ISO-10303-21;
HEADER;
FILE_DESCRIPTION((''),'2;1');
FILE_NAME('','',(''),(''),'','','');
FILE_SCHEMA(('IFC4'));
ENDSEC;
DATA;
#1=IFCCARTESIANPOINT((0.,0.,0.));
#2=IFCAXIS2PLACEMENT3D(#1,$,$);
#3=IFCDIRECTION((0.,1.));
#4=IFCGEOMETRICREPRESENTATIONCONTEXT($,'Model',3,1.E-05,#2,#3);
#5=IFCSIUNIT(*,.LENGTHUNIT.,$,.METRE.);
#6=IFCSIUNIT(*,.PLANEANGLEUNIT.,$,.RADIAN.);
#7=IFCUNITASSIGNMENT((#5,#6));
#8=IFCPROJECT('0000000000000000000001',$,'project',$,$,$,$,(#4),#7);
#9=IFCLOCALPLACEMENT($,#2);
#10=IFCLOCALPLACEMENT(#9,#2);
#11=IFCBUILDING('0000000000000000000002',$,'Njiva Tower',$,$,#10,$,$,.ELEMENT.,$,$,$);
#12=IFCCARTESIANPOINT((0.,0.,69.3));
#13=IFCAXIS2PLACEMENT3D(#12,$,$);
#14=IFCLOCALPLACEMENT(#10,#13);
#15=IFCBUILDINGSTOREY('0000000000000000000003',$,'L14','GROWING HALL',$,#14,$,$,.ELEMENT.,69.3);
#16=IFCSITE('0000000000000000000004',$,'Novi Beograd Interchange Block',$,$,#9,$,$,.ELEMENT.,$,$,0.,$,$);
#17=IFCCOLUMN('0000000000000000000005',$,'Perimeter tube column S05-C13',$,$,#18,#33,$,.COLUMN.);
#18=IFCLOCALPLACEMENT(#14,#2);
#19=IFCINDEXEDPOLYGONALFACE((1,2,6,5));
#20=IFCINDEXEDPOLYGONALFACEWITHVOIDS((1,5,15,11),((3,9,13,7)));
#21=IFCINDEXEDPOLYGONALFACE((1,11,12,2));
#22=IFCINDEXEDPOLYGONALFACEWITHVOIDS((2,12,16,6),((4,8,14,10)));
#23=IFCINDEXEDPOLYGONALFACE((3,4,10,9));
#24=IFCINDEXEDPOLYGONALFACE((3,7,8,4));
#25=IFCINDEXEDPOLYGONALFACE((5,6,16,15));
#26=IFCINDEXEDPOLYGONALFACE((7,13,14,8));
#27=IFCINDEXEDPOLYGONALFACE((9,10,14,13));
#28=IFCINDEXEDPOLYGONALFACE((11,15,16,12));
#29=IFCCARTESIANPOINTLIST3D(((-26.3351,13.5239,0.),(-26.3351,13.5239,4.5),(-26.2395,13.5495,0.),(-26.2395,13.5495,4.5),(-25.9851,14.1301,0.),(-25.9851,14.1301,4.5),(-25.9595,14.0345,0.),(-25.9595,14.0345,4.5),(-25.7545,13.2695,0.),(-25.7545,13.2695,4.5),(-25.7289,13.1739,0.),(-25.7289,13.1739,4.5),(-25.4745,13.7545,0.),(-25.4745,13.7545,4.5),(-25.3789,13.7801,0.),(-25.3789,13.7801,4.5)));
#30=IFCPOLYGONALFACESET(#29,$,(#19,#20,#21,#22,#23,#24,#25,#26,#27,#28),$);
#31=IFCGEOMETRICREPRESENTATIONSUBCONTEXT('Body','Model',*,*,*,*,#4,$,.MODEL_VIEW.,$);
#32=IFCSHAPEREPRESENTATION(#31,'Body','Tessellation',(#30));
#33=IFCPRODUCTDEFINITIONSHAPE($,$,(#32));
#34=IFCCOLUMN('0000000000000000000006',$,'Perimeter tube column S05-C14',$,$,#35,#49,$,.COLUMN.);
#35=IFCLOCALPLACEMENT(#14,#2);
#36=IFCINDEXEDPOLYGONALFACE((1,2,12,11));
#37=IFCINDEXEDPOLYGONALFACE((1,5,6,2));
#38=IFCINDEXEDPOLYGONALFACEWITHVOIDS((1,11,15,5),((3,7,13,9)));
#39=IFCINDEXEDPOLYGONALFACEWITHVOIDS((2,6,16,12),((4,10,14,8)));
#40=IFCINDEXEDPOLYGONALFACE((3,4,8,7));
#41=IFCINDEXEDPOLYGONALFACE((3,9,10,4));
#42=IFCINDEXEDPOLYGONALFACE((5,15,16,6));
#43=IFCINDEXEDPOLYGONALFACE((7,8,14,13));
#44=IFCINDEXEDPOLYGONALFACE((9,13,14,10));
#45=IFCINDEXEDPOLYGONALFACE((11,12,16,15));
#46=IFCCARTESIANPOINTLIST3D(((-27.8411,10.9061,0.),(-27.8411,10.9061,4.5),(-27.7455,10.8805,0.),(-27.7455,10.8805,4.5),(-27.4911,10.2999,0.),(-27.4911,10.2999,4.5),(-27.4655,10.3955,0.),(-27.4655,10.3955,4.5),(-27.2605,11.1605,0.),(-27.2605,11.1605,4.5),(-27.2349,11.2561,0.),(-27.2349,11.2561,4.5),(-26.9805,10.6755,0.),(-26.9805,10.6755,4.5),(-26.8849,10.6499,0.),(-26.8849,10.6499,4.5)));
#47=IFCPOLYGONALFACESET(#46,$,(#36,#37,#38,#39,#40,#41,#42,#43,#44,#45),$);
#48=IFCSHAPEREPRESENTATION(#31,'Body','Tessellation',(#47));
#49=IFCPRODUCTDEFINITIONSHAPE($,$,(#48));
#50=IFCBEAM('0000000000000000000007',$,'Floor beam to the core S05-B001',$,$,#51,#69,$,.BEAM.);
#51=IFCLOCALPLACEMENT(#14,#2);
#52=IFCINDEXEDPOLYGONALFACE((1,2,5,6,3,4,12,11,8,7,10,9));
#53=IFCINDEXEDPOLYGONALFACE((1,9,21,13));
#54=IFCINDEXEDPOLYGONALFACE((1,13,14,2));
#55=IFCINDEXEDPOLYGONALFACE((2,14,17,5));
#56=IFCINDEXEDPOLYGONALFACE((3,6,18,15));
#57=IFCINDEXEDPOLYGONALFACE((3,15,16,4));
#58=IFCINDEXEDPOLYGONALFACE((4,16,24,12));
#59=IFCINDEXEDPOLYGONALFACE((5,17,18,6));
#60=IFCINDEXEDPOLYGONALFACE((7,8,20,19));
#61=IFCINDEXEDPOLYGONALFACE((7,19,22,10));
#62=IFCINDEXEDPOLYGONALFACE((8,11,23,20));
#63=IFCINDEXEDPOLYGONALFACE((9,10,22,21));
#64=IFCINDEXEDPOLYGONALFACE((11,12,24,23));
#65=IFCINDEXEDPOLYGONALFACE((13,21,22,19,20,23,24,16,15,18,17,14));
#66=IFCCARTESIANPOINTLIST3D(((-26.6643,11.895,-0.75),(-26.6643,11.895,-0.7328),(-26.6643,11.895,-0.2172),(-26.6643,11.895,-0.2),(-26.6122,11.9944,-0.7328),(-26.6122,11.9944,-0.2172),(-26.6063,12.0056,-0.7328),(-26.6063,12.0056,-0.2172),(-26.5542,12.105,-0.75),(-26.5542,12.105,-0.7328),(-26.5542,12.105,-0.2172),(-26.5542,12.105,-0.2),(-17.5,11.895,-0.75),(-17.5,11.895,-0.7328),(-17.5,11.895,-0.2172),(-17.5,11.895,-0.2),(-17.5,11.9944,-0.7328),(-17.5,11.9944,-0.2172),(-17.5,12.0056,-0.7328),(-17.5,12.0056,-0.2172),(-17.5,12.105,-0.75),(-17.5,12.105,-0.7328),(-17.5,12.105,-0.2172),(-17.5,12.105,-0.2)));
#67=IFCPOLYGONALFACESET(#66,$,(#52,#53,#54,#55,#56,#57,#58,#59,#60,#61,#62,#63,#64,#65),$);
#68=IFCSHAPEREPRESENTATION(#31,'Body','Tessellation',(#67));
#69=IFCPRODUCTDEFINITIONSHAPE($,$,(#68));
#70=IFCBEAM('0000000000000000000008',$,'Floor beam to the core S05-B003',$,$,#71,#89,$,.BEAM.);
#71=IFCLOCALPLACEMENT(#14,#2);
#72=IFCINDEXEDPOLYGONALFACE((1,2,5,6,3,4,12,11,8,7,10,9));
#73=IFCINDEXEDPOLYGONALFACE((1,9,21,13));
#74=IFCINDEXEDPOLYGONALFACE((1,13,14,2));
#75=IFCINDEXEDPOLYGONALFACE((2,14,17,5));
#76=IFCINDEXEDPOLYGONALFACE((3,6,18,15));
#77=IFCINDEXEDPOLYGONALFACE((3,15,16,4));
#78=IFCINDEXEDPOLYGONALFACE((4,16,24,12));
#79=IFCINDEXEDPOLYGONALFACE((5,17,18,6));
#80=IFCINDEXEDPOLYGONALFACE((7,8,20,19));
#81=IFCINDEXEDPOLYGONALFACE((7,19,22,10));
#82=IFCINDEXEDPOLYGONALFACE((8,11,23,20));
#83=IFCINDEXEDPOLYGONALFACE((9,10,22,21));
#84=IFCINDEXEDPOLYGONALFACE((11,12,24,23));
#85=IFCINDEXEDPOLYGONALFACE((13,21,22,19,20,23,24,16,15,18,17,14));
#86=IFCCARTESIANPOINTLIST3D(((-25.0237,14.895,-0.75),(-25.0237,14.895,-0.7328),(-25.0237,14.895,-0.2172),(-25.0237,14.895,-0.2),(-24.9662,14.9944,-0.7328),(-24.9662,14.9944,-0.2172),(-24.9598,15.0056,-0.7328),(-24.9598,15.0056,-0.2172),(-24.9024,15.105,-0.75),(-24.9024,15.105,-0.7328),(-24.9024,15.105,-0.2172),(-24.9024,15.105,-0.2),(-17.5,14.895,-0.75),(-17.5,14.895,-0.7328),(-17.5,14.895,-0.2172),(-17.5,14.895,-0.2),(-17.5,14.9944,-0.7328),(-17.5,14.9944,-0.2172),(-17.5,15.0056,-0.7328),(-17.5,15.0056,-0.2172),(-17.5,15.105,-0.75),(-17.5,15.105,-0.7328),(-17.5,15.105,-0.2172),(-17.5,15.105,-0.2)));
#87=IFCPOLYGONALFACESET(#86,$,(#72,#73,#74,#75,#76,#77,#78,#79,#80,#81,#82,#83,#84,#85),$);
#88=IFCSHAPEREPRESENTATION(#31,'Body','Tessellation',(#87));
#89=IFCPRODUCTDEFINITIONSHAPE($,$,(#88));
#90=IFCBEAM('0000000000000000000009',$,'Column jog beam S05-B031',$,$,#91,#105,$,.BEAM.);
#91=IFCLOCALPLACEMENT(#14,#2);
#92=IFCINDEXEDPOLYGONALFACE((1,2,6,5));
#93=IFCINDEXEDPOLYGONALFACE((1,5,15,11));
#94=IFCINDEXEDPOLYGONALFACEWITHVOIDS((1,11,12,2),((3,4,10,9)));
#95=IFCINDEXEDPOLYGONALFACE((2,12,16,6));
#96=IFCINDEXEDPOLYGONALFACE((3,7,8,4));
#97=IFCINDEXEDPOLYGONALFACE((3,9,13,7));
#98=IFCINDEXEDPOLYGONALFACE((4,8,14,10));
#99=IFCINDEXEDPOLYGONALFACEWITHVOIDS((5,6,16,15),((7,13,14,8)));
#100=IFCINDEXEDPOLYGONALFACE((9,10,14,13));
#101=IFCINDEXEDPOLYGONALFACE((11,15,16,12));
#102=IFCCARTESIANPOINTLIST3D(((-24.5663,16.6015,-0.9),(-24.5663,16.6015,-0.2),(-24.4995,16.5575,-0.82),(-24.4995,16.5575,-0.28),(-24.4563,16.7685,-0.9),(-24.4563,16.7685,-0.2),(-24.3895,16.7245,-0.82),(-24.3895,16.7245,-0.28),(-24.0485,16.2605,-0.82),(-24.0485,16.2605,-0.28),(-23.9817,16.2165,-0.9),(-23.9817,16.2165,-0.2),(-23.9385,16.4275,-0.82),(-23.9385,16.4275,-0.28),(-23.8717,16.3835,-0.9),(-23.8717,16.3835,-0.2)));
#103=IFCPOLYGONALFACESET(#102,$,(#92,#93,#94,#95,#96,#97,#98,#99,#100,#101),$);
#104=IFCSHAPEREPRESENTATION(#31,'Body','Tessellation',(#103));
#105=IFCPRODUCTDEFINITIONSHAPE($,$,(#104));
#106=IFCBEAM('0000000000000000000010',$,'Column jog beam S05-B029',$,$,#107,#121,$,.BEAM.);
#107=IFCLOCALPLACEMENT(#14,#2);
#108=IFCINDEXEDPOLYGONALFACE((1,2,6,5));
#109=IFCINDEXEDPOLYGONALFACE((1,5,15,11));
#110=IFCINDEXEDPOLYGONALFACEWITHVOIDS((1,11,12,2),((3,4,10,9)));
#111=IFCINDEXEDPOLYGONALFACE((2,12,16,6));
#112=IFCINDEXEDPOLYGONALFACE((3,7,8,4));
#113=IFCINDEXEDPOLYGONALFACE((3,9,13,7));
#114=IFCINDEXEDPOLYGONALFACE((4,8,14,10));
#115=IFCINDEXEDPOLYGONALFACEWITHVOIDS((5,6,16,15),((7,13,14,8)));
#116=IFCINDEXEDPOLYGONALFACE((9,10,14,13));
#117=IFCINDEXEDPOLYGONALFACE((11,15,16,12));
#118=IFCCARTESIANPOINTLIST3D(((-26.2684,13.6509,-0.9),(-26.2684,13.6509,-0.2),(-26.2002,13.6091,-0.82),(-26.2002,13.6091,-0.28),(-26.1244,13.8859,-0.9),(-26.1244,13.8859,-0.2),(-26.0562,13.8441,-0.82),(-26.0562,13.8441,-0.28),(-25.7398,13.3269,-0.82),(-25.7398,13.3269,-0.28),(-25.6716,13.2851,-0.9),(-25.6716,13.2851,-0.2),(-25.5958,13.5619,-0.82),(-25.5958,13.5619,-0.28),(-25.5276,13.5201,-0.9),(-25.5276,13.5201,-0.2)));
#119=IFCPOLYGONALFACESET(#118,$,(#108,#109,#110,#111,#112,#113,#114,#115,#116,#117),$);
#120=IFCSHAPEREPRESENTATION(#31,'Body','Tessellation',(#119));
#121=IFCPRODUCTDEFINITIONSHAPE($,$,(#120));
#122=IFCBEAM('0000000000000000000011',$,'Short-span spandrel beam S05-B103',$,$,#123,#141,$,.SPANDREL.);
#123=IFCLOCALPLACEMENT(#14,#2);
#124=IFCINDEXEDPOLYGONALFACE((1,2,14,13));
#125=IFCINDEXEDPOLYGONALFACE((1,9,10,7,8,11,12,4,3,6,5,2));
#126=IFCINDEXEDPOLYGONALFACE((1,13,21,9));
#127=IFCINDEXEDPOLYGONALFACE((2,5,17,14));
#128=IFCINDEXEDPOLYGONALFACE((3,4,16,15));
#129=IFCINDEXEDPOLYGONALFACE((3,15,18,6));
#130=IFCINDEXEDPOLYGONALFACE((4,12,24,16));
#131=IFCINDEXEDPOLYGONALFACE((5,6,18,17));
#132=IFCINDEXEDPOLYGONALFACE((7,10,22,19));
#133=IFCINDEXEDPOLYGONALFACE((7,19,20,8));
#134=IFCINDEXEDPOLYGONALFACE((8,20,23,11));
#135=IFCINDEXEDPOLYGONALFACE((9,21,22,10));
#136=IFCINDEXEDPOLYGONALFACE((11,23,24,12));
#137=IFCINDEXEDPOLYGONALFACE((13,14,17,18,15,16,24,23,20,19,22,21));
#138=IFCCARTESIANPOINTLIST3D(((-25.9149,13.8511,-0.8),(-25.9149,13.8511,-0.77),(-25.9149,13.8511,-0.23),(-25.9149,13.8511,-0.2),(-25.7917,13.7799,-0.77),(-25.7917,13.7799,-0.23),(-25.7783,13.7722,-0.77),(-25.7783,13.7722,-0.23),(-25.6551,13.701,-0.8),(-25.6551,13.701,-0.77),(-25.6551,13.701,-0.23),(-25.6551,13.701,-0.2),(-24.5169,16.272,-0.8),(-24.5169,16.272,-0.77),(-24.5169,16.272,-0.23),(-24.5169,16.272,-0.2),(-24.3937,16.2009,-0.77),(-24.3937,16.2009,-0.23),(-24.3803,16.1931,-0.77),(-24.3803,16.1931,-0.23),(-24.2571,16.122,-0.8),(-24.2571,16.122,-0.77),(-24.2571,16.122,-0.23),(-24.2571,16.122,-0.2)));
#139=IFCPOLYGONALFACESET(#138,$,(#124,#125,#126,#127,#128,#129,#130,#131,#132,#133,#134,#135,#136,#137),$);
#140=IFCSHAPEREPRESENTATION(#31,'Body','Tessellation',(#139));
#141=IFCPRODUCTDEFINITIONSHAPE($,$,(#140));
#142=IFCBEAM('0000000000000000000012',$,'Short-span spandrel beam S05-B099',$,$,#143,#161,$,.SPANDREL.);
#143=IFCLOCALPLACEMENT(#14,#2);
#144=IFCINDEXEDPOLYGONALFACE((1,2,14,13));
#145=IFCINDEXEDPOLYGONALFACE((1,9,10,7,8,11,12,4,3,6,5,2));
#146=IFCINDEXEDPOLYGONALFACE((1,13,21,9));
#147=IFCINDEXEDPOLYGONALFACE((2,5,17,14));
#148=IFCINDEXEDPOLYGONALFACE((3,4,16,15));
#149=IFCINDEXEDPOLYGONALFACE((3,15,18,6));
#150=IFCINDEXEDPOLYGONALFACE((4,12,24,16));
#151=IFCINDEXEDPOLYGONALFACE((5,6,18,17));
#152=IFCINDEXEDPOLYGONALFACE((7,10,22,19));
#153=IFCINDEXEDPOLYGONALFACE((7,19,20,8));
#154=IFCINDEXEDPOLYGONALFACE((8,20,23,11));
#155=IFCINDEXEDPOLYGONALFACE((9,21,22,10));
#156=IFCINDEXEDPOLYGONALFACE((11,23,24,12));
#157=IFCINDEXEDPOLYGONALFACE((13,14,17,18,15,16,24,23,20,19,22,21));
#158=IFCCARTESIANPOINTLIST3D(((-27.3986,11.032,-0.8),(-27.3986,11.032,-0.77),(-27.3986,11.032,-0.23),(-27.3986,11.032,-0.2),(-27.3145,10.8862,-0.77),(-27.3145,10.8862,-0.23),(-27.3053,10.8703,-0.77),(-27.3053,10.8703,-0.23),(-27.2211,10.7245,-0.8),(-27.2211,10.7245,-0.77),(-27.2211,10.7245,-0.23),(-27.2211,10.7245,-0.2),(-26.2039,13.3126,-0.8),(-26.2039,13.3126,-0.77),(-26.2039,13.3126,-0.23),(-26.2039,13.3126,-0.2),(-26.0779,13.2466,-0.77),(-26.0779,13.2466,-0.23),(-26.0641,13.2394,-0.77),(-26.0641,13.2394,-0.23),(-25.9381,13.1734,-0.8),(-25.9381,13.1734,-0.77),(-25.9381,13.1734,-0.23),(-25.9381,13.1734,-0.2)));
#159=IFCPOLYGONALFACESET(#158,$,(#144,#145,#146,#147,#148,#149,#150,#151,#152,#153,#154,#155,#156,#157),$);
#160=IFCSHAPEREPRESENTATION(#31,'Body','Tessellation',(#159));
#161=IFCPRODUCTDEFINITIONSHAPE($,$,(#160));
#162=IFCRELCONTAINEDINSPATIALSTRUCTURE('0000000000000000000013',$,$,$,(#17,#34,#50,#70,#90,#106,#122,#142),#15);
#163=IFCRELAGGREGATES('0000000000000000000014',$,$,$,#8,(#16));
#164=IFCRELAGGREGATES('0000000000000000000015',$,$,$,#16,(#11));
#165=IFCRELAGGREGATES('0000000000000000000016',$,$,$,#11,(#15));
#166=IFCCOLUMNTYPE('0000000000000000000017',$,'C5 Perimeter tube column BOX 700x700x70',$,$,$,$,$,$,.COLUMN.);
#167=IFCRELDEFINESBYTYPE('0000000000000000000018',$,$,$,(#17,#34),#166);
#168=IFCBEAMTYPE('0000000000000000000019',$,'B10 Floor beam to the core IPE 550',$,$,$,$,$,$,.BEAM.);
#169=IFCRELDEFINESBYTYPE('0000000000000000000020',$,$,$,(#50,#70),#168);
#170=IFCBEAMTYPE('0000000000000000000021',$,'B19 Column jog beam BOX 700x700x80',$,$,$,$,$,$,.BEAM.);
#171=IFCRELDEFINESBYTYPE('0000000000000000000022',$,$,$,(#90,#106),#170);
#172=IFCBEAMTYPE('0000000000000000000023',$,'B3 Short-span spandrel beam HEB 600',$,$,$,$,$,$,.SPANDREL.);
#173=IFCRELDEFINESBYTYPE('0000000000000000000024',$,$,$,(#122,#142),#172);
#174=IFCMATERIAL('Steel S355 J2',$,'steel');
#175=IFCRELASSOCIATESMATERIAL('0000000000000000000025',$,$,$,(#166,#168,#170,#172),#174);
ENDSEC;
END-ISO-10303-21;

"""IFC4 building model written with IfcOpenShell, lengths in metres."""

from ifc_helpers import new_model, si_unit, direction, frame, origin, origin_2d, place, context, subcontext, project, spatial, hollow_rectangle, i_section, extrude, clip, halfspace, material, material_profile, profile_set, type_object, element, save


model = new_model("IFC4")

# Units and contexts
model_context = context("Model", 3, precision=1e-05, world=origin(), true_north=direction((0.0, 1.0)))
body_context = subcontext(model_context, "Body", "Model", "MODEL_VIEW")
ifc_project = project(units=[si_unit("LENGTHUNIT", "METRE"), si_unit("PLANEANGLEUNIT", "RADIAN")], contexts=[model_context])

# Site, building, storey
site_placement = place(None, origin())
site = spatial("IfcSite", under=ifc_project, at=site_placement, Name="Novi Beograd Interchange Block", CompositionType="ELEMENT", RefElevation=0.0)
building_placement = place(site_placement, origin())
building = spatial("IfcBuilding", under=site, at=building_placement, Name="Njiva Tower", CompositionType="ELEMENT")
storey_placement = place(building_placement, frame((0.0, 0.0, 69.3)))
storey = spatial("IfcBuildingStorey", under=building, at=storey_placement, Name="L14", Description="GROWING HALL", CompositionType="ELEMENT", Elevation=69.3)

# Columns
ifc_material_1 = material(Name="Steel S355 J2", Category="steel")
ifc_material_profile_1 = material_profile(ifc_material_1, hollow_rectangle(XDim=0.7, YDim=0.7, WallThickness=0.07, at=origin_2d()), Name="BOX 700x700x70")
ifc_profile_set_1 = profile_set([ifc_material_profile_1], Name="Steel S355 J2")
column_type = type_object("IfcColumnType", Name="C5 Perimeter tube column BOX 700x700x70", PredefinedType="COLUMN", material=ifc_profile_set_1)
for number, where, z_axis, x_axis, name in (
    (1, (-25.857, 13.652, 0.0), (0.0, 0.0, 1.0), (-0.5, -0.866025, 0.0), "Perimeter tube column S05-C13"),
    (2, (-27.363, 10.778, 0.0), (0.0, 0.0, 1.0), (0.5, -0.866025, 0.0), "Perimeter tube column S05-C14"),
):
    element("IfcColumn", number, at=place(storey_placement, frame(where, z_axis=z_axis, x_axis=x_axis)), inside=storey, type_object=column_type, Name=name, PredefinedType="COLUMN", context=body_context, shape_type="SweptSolid", body=[
        extrude(hollow_rectangle(XDim=0.7, YDim=0.7, WallThickness=0.07, at=origin_2d()), origin(), (0.0, 0.0, 1.0), 4.5),
    ])

# Beams
ifc_material_profile_2 = material_profile(ifc_material_1, i_section(OverallWidth=0.21, OverallDepth=0.55, WebThickness=0.0111, FlangeThickness=0.0172, at=origin_2d()), Name="IPE 550")
ifc_profile_set_2 = profile_set([ifc_material_profile_2], Name="Steel S355 J2")
beam_type_1 = type_object("IfcBeamType", Name="B10 Floor beam to the core IPE 550", PredefinedType="BEAM", material=ifc_profile_set_2)
beam_1_placement = place(storey_placement, frame((-26.684, 12.0, -0.475), z_axis=(1.0, 0.0, 0.0), x_axis=(0.0, 1.0, 0.0)))
element("IfcBeam", 3, at=beam_1_placement, inside=storey, type_object=beam_type_1, Name="Floor beam to the core S05-B001", PredefinedType="BEAM", context=body_context, shape_type="Clipping", body=[
    clip(extrude(i_section(OverallWidth=0.21, OverallDepth=0.55, WebThickness=0.0111, FlangeThickness=0.0172, at=origin_2d()), origin(), (0.0, 0.0, 1.0), 9.184), halfspace(frame((0.0232, 0.0, 0.0869), z_axis=(0.46405, 0.0, -0.885809), x_axis=(0.0, -1.0, 0.0)), False)),
])
beam_2_placement = place(storey_placement, frame((-25.044, 15.0, -0.475), z_axis=(1.0, 0.0, 0.0), x_axis=(0.0, 1.0, 0.0)))
element("IfcBeam", 4, at=beam_2_placement, inside=storey, type_object=beam_type_1, Name="Floor beam to the core S05-B003", PredefinedType="BEAM", context=body_context, shape_type="Clipping", body=[
    clip(extrude(i_section(OverallWidth=0.21, OverallDepth=0.55, WebThickness=0.0111, FlangeThickness=0.0172, at=origin_2d()), origin(), (0.0, 0.0, 1.0), 7.544), halfspace(frame((0.025, 0.0, 0.0954), z_axis=(0.499998, 0.0, -0.866027), x_axis=(0.0, -1.0, 0.0)), False)),
])
ifc_material_profile_3 = material_profile(ifc_material_1, hollow_rectangle(XDim=0.7, YDim=0.7, WallThickness=0.08, at=origin_2d()), Name="BOX 700x700x80")
ifc_profile_set_3 = profile_set([ifc_material_profile_3], Name="Steel S355 J2")
beam_type_2 = type_object("IfcBeamType", Name="B19 Column jog beam BOX 700x700x80", PredefinedType="BEAM", material=ifc_profile_set_3)
beam_3_placement = place(storey_placement, frame((-24.274, 16.409, -0.55), z_axis=(0.550076, 0.835115, 0.0), x_axis=(-0.835115, 0.550076, 0.0)))
element("IfcBeam", 5, at=beam_3_placement, inside=storey, type_object=beam_type_2, Name="Column jog beam S05-B031", PredefinedType="BEAM", context=body_context, shape_type="SweptSolid", body=[
    extrude(hollow_rectangle(XDim=0.7, YDim=0.7, WallThickness=0.08, at=origin_2d()), origin(), (0.0, 0.0, 1.0), 0.2),
])
beam_4_placement = place(storey_placement, frame((-25.97, 13.468, -0.55), z_axis=(0.522477, 0.852653, 0.0), x_axis=(-0.852653, 0.522477, 0.0)))
element("IfcBeam", 6, at=beam_4_placement, inside=storey, type_object=beam_type_2, Name="Column jog beam S05-B029", PredefinedType="BEAM", context=body_context, shape_type="SweptSolid", body=[
    extrude(hollow_rectangle(XDim=0.7, YDim=0.7, WallThickness=0.08, at=origin_2d()), origin(), (0.0, 0.0, 1.0), 0.2756),
])
ifc_material_profile_4 = material_profile(ifc_material_1, i_section(OverallWidth=0.3, OverallDepth=0.6, WebThickness=0.0155, FlangeThickness=0.03, at=origin_2d()), Name="HEB 600")
ifc_profile_set_4 = profile_set([ifc_material_profile_4], Name="Steel S355 J2")
beam_type_3 = type_object("IfcBeamType", Name="B3 Short-span spandrel beam HEB 600", PredefinedType="SPANDREL", material=ifc_profile_set_4)
beam_5_placement = place(storey_placement, frame((-24.387, 16.197, -0.5), z_axis=(-0.500063, -0.865989, 0.0), x_axis=(0.865989, -0.500063, 0.0)))
element("IfcBeam", 7, at=beam_5_placement, inside=storey, type_object=beam_type_3, Name="Short-span spandrel beam S05-B103", PredefinedType="SPANDREL", context=body_context, shape_type="SweptSolid", body=[
    extrude(i_section(OverallWidth=0.3, OverallDepth=0.6, WebThickness=0.0155, FlangeThickness=0.03, at=origin_2d()), origin(), (0.0, 0.0, 1.0), 2.7956),
])
beam_6_placement = place(storey_placement, frame((-26.071, 13.243, -0.5), z_axis=(-0.464063, -0.885802, 0.0), x_axis=(0.885802, -0.464063, 0.0)))
element("IfcBeam", 8, at=beam_6_placement, inside=storey, type_object=beam_type_3, Name="Short-span spandrel beam S05-B099", PredefinedType="SPANDREL", context=body_context, shape_type="Clipping", body=[
    clip(extrude(i_section(OverallWidth=0.3, OverallDepth=0.6, WebThickness=0.0155, FlangeThickness=0.03, at=origin_2d()), origin(), (0.0, 0.0, 1.0), 2.7849), halfspace(frame((-0.0267, 0.0, 2.6527), z_axis=(-0.535098, 0.0, 0.84479), x_axis=(0.0, 1.0, 0.0)), False)),
])

save(model, "model.ifc")
